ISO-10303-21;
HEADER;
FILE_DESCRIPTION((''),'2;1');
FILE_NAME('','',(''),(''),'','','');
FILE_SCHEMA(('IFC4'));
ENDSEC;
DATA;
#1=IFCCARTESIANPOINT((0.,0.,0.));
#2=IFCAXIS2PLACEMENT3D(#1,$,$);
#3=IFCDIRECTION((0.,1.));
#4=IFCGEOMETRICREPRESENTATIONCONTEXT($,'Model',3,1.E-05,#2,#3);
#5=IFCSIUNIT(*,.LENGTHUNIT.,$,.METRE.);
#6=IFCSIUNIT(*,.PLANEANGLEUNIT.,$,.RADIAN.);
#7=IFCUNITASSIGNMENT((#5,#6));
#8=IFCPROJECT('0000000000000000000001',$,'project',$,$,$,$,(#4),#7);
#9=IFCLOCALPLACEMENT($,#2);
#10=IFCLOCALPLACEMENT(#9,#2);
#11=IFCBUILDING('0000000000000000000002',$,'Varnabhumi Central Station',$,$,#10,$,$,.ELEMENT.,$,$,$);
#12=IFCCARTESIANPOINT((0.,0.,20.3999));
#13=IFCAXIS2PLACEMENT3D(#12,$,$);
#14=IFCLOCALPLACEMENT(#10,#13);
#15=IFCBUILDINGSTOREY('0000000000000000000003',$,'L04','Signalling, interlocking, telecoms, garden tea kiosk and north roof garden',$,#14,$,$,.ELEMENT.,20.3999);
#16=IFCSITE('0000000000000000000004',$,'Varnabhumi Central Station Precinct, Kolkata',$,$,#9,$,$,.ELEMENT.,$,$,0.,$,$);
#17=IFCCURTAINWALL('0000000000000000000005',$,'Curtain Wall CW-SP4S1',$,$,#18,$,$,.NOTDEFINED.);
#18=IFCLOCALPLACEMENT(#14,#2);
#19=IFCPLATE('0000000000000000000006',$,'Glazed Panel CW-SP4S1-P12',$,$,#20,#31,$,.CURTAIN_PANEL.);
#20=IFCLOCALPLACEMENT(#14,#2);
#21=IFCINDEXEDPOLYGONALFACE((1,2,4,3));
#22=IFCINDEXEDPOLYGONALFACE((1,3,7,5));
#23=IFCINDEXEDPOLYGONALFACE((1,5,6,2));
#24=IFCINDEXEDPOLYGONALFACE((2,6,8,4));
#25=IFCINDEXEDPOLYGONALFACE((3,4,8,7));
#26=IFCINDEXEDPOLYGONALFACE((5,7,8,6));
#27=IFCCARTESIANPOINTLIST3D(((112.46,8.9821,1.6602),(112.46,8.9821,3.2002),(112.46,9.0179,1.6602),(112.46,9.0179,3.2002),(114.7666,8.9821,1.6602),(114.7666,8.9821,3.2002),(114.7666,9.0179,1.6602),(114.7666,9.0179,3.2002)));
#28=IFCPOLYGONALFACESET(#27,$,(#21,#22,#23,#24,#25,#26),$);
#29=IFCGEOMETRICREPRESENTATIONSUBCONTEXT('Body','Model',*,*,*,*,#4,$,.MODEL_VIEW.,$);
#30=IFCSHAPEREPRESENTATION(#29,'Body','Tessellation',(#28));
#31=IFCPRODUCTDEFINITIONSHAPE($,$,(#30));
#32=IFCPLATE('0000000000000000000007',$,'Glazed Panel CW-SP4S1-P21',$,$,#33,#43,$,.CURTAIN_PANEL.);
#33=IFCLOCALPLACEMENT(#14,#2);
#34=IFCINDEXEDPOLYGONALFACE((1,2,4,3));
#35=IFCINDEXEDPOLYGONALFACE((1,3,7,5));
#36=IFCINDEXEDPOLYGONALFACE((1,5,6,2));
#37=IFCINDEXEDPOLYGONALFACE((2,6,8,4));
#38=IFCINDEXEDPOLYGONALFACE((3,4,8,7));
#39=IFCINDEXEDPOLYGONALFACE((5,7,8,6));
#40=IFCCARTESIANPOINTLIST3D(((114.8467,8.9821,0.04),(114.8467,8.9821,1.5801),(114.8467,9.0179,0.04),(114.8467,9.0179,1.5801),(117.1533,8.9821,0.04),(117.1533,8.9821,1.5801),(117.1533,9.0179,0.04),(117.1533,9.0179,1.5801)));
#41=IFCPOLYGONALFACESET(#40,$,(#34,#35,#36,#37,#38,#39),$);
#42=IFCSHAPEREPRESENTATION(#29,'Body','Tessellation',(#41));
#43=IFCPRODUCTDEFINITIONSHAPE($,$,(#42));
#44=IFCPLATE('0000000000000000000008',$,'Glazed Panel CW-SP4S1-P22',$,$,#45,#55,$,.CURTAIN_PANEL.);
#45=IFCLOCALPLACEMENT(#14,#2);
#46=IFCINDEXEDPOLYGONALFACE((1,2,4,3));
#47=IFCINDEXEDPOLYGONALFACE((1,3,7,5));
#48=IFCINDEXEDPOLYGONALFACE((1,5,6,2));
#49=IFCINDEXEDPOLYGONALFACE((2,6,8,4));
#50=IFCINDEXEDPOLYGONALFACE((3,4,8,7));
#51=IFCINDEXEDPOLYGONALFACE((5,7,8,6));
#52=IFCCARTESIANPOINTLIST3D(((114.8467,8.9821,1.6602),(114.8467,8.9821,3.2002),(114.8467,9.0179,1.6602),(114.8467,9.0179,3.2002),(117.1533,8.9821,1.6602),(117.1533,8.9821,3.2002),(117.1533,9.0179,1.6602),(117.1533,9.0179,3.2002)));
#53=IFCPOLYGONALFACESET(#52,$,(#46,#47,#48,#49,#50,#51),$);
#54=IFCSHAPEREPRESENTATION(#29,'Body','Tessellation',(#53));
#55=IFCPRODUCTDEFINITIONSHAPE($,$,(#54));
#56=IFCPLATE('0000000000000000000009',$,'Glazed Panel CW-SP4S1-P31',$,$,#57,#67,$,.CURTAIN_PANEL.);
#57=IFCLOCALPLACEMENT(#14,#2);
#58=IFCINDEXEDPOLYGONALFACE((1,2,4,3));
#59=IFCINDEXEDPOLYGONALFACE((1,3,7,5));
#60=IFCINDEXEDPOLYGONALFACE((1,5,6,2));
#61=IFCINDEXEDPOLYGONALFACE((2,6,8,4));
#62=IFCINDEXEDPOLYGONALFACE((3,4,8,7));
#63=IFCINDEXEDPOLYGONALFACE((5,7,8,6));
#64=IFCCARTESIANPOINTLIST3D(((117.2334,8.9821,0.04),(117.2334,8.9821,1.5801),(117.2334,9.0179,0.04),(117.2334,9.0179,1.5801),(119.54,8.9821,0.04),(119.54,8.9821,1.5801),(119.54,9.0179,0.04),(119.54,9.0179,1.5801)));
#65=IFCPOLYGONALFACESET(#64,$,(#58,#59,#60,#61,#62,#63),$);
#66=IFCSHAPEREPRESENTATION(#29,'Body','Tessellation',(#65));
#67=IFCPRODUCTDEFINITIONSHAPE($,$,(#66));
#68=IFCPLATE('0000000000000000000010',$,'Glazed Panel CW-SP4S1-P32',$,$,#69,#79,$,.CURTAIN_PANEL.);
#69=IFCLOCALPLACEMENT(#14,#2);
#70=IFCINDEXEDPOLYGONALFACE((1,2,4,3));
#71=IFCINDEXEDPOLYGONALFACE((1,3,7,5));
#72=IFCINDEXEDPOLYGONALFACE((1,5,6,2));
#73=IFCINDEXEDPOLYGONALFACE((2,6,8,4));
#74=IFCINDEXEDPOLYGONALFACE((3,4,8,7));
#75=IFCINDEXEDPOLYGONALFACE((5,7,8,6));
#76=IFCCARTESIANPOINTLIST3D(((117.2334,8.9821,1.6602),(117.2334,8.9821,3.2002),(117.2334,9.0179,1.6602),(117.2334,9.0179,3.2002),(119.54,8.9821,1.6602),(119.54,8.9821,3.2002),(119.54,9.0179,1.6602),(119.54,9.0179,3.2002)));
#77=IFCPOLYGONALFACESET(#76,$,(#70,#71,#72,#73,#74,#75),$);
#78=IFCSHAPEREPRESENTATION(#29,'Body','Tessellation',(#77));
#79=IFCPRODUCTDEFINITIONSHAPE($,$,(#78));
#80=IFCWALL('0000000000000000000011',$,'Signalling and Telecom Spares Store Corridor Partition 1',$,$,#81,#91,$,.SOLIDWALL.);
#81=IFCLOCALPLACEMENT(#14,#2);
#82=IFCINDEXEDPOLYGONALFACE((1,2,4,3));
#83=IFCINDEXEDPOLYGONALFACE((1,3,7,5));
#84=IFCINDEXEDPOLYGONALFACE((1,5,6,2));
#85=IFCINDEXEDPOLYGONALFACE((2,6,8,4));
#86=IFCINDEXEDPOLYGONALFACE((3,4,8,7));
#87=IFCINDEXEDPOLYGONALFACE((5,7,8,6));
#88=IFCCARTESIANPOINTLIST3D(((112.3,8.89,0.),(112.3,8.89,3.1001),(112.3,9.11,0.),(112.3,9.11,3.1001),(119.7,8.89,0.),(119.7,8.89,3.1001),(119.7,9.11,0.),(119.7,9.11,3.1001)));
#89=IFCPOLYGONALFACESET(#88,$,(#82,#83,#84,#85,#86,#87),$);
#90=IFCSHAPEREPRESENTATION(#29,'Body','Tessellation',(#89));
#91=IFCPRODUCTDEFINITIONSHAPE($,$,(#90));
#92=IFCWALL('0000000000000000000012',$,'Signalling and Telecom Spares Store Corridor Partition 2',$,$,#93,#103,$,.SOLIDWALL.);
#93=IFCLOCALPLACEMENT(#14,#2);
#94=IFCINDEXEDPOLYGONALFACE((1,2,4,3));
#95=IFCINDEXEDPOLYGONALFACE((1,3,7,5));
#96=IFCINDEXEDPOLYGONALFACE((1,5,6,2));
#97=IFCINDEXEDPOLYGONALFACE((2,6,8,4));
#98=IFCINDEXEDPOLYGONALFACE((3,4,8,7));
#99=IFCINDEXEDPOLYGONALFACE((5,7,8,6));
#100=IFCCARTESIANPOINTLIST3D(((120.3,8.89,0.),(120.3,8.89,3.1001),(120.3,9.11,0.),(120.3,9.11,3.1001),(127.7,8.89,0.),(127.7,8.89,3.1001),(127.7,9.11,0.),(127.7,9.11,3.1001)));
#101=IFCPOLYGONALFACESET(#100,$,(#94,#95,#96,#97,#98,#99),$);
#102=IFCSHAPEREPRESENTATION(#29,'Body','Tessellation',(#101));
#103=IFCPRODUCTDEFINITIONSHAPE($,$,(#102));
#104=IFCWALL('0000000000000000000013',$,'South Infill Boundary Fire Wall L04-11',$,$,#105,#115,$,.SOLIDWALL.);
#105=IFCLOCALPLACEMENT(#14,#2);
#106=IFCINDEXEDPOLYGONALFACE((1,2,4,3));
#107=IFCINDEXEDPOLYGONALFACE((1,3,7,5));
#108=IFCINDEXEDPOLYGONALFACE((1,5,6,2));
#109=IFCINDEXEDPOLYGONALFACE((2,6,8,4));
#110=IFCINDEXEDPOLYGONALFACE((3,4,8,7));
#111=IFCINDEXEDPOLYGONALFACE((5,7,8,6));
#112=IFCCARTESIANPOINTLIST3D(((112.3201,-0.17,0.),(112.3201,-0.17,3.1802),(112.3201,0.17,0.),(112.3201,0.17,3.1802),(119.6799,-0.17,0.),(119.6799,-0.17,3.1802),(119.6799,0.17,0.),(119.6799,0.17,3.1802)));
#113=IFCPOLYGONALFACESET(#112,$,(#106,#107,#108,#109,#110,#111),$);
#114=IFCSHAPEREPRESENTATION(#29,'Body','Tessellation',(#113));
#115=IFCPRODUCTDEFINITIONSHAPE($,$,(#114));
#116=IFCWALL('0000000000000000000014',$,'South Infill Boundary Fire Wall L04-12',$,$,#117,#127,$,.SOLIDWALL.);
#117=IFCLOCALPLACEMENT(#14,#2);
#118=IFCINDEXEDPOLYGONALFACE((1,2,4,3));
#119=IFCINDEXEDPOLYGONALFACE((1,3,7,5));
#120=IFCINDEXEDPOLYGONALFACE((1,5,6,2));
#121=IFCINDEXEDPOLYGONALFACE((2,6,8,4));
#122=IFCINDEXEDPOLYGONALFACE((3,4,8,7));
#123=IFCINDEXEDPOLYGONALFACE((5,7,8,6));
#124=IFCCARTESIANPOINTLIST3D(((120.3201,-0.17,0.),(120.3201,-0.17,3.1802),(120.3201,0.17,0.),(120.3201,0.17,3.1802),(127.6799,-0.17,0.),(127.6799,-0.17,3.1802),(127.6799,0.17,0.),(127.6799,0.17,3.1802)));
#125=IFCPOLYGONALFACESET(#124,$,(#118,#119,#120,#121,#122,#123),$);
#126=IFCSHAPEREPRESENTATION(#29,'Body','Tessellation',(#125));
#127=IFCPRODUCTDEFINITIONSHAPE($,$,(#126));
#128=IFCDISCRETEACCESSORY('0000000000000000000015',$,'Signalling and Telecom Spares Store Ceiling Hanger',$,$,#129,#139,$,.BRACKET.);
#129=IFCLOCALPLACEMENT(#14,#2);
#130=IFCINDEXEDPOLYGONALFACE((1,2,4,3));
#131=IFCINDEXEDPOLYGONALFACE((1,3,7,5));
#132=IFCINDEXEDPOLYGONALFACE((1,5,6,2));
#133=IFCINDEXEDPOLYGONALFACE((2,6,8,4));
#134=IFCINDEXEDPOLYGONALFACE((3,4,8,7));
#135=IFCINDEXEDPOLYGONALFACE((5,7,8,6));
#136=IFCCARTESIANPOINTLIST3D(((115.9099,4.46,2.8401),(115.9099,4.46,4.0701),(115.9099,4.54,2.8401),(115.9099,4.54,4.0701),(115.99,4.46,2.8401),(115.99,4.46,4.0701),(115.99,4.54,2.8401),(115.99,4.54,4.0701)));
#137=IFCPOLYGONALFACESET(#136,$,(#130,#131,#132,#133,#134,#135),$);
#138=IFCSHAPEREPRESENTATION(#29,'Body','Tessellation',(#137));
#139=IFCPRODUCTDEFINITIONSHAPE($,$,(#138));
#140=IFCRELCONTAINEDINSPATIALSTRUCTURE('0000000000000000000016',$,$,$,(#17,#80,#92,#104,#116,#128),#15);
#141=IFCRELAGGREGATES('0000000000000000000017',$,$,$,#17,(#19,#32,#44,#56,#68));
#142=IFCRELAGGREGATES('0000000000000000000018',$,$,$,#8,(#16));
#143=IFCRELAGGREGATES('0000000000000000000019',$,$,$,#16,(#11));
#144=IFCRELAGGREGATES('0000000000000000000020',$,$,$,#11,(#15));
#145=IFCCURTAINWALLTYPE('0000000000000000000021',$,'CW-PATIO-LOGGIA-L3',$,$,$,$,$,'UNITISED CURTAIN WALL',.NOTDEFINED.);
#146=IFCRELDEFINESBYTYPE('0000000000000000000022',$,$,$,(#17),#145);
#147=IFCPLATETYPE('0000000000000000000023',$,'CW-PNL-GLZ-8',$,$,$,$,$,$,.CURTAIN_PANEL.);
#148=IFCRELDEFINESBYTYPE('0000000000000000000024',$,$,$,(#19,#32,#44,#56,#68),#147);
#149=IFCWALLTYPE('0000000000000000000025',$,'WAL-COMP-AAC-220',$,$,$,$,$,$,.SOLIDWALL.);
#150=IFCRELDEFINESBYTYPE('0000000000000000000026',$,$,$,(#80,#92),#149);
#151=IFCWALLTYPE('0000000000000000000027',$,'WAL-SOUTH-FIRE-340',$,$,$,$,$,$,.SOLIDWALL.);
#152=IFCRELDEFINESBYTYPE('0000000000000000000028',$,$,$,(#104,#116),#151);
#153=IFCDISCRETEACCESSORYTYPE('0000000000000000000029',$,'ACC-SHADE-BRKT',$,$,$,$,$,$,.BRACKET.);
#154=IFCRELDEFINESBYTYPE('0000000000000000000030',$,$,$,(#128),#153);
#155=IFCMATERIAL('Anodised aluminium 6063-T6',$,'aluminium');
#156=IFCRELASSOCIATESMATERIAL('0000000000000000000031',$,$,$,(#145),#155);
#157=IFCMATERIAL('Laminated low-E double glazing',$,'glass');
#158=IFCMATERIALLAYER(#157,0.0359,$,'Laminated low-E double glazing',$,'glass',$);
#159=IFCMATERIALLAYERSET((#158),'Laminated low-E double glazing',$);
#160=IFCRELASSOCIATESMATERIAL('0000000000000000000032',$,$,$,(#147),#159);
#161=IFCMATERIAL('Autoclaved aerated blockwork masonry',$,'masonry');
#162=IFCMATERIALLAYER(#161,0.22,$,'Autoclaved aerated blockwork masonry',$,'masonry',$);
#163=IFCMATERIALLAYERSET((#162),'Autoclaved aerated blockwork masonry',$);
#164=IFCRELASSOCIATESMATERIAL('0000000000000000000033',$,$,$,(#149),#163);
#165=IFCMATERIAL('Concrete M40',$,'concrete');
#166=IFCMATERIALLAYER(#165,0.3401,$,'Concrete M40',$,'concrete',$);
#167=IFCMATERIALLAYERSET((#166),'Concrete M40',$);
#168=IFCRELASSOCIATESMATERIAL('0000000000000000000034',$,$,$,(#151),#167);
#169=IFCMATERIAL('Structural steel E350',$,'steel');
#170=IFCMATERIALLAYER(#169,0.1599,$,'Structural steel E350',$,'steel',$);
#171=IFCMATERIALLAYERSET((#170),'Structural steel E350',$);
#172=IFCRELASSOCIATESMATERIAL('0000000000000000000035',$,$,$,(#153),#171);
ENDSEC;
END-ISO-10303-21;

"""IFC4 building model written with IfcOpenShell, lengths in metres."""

from ifc_helpers import new_model, si_unit, direction, frame, frame_2d, origin, origin_2d, place, context, subcontext, project, spatial, rectangle, extrude, material, layer, layer_set, type_object, element, aggregate, save


model = new_model("IFC4")

# Units and contexts
model_context = context("Model", 3, precision=1e-05, world=origin(), true_north=direction((0.0, 1.0)))
body_context = subcontext(model_context, "Body", "Model", "MODEL_VIEW")
ifc_project = project(units=[si_unit("LENGTHUNIT", "METRE"), si_unit("PLANEANGLEUNIT", "RADIAN")], contexts=[model_context])

# Site, building, storey
site_placement = place(None, origin())
site = spatial("IfcSite", under=ifc_project, at=site_placement, Name="Varnabhumi Central Station Precinct, Kolkata", CompositionType="ELEMENT", RefElevation=0.0)
building_placement = place(site_placement, origin())
building = spatial("IfcBuilding", under=site, at=building_placement, Name="Varnabhumi Central Station", CompositionType="ELEMENT")
storey_placement = place(building_placement, frame((0.0, 0.0, 20.3999)))
storey = spatial("IfcBuildingStorey", under=building, at=storey_placement, Name="L04", Description="Signalling, interlocking, telecoms, garden tea kiosk and north roof garden", CompositionType="ELEMENT", Elevation=20.3999)

# Shared definitions
ifc_material_1 = material(Name="Concrete M40", Category="concrete")

# Shared definitions
ifc_material_2 = material(Name="Structural steel E350", Category="steel")

# Curtain wall
ifc_material_3 = material(Name="Anodised aluminium 6063-T6", Category="aluminium")
curtain_wall_type = type_object("IfcCurtainWallType", Name="CW-PATIO-LOGGIA-L3", ElementType="UNITISED CURTAIN WALL", PredefinedType="NOTDEFINED", material=ifc_material_3)
curtain_wall_1_placement = place(storey_placement, origin())
curtain_wall_1 = element("IfcCurtainWall", 1, at=curtain_wall_1_placement, inside=storey, type_object=curtain_wall_type, Name="Curtain Wall CW-SP4S1", PredefinedType="NOTDEFINED")

# Plates
ifc_material_4 = material(Name="Laminated low-E double glazing", Category="glass")
ifc_layer_1 = layer(ifc_material_4, 0.0359, Name="Laminated low-E double glazing", Category="glass")
ifc_layer_set_1 = layer_set([ifc_layer_1], Name="Laminated low-E double glazing")
plate_type_1 = type_object("IfcPlateType", Name="CW-PNL-GLZ-8", PredefinedType="CURTAIN_PANEL", material=ifc_layer_set_1)
plate_1_placement = place(storey_placement, frame((113.6133, 9.0, 1.6602), z_axis=(0.0, 0.0, 1.0), x_axis=(1.0, 0.0, 0.0)))
plate_1 = element("IfcPlate", 2, at=plate_1_placement, type_object=plate_type_1, Name="Glazed Panel CW-SP4S1-P12", PredefinedType="CURTAIN_PANEL", context=body_context, shape_type="SweptSolid", body=[
    extrude(rectangle(XDim=2.3066, YDim=0.0359, at=origin_2d()), origin(), (0.0, 0.0, 1.0), 1.54),
])
plate_2_placement = place(storey_placement, frame((116.0, 9.0, 0.04), z_axis=(0.0, 0.0, 1.0), x_axis=(1.0, 0.0, 0.0)))
plate_2 = element("IfcPlate", 3, at=plate_2_placement, type_object=plate_type_1, Name="Glazed Panel CW-SP4S1-P21", PredefinedType="CURTAIN_PANEL", context=body_context, shape_type="SweptSolid", body=[
    extrude(rectangle(XDim=2.3066, YDim=0.0359, at=origin_2d()), origin(), (0.0, 0.0, 1.0), 1.54),
])
plate_3_placement = place(storey_placement, frame((116.0, 9.0, 1.6602), z_axis=(0.0, 0.0, 1.0), x_axis=(1.0, 0.0, 0.0)))
plate_3 = element("IfcPlate", 4, at=plate_3_placement, type_object=plate_type_1, Name="Glazed Panel CW-SP4S1-P22", PredefinedType="CURTAIN_PANEL", context=body_context, shape_type="SweptSolid", body=[
    extrude(rectangle(XDim=2.3066, YDim=0.0359, at=origin_2d()), origin(), (0.0, 0.0, 1.0), 1.54),
])
plate_4_placement = place(storey_placement, frame((118.3867, 9.0, 0.04), z_axis=(0.0, 0.0, 1.0), x_axis=(1.0, 0.0, 0.0)))
plate_4 = element("IfcPlate", 5, at=plate_4_placement, type_object=plate_type_1, Name="Glazed Panel CW-SP4S1-P31", PredefinedType="CURTAIN_PANEL", context=body_context, shape_type="SweptSolid", body=[
    extrude(rectangle(XDim=2.3066, YDim=0.0359, at=origin_2d()), origin(), (0.0, 0.0, 1.0), 1.54),
])
plate_5_placement = place(storey_placement, frame((118.3867, 9.0, 1.6602), z_axis=(0.0, 0.0, 1.0), x_axis=(1.0, 0.0, 0.0)))
plate_5 = element("IfcPlate", 6, at=plate_5_placement, type_object=plate_type_1, Name="Glazed Panel CW-SP4S1-P32", PredefinedType="CURTAIN_PANEL", context=body_context, shape_type="SweptSolid", body=[
    extrude(rectangle(XDim=2.3066, YDim=0.0359, at=origin_2d()), origin(), (0.0, 0.0, 1.0), 1.54),
])
aggregate(curtain_wall_1, [plate_1, plate_2, plate_3, plate_4, plate_5])

# Walls
ifc_material_5 = material(Name="Autoclaved aerated blockwork masonry", Category="masonry")
ifc_layer_2 = layer(ifc_material_5, 0.22, Name="Autoclaved aerated blockwork masonry", Category="masonry")
ifc_layer_set_2 = layer_set([ifc_layer_2], Name="Autoclaved aerated blockwork masonry")
wall_type_1 = type_object("IfcWallType", Name="WAL-COMP-AAC-220", PredefinedType="SOLIDWALL", material=ifc_layer_set_2)
for number, where, z_axis, x_axis, name in (
    (7, (112.3, 9.0, 0.0), (0.0, 0.0, 1.0), (1.0, 0.0, 0.0), "Signalling and Telecom Spares Store Corridor Partition 1"),
    (8, (120.3, 9.0, 0.0), (0.0, 0.0, 1.0), (1.0, 0.0, 0.0), "Signalling and Telecom Spares Store Corridor Partition 2"),
):
    element("IfcWall", number, at=place(storey_placement, frame(where, z_axis=z_axis, x_axis=x_axis)), inside=storey, type_object=wall_type_1, Name=name, PredefinedType="SOLIDWALL", context=body_context, shape_type="SweptSolid", body=[
        extrude(rectangle(XDim=7.3999, YDim=0.22, at=frame_2d((3.7, 0.0))), origin(), (0.0, 0.0, 1.0), 3.1001),
    ])
ifc_layer_3 = layer(ifc_material_1, 0.3401, Name="Concrete M40", Category="concrete")
ifc_layer_set_3 = layer_set([ifc_layer_3], Name="Concrete M40")
wall_type_2 = type_object("IfcWallType", Name="WAL-SOUTH-FIRE-340", PredefinedType="SOLIDWALL", material=ifc_layer_set_3)
for number, where, z_axis, x_axis, name in (
    (9, (112.3201, 0.0, 0.0), (0.0, 0.0, 1.0), (1.0, 0.0, 0.0), "South Infill Boundary Fire Wall L04-11"),
    (10, (120.3201, 0.0, 0.0), (0.0, 0.0, 1.0), (1.0, 0.0, 0.0), "South Infill Boundary Fire Wall L04-12"),
):
    element("IfcWall", number, at=place(storey_placement, frame(where, z_axis=z_axis, x_axis=x_axis)), inside=storey, type_object=wall_type_2, Name=name, PredefinedType="SOLIDWALL", context=body_context, shape_type="SweptSolid", body=[
        extrude(rectangle(XDim=7.3599, YDim=0.3401, at=frame_2d((3.6799, 0.0))), origin(), (0.0, 0.0, 1.0), 3.1802),
    ])

# Discrete accessory
ifc_layer_4 = layer(ifc_material_2, 0.1599, Name="Structural steel E350", Category="steel")
ifc_layer_set_4 = layer_set([ifc_layer_4], Name="Structural steel E350")
discrete_accessory_type = type_object("IfcDiscreteAccessoryType", Name="ACC-SHADE-BRKT", PredefinedType="BRACKET", material=ifc_layer_set_4)
discrete_accessory_placement = place(storey_placement, frame((115.95, 4.5, 2.8401), z_axis=(0.0, 0.0, 1.0), x_axis=(1.0, 0.0, 0.0)))
element("IfcDiscreteAccessory", 11, at=discrete_accessory_placement, inside=storey, type_object=discrete_accessory_type, Name="Signalling and Telecom Spares Store Ceiling Hanger", PredefinedType="BRACKET", context=body_context, shape_type="SweptSolid", body=[
    extrude(rectangle(XDim=0.0801, YDim=0.0801, at=origin_2d()), origin(), (0.0, 0.0, 1.0), 1.23),
])

save(model, "model.ifc")
